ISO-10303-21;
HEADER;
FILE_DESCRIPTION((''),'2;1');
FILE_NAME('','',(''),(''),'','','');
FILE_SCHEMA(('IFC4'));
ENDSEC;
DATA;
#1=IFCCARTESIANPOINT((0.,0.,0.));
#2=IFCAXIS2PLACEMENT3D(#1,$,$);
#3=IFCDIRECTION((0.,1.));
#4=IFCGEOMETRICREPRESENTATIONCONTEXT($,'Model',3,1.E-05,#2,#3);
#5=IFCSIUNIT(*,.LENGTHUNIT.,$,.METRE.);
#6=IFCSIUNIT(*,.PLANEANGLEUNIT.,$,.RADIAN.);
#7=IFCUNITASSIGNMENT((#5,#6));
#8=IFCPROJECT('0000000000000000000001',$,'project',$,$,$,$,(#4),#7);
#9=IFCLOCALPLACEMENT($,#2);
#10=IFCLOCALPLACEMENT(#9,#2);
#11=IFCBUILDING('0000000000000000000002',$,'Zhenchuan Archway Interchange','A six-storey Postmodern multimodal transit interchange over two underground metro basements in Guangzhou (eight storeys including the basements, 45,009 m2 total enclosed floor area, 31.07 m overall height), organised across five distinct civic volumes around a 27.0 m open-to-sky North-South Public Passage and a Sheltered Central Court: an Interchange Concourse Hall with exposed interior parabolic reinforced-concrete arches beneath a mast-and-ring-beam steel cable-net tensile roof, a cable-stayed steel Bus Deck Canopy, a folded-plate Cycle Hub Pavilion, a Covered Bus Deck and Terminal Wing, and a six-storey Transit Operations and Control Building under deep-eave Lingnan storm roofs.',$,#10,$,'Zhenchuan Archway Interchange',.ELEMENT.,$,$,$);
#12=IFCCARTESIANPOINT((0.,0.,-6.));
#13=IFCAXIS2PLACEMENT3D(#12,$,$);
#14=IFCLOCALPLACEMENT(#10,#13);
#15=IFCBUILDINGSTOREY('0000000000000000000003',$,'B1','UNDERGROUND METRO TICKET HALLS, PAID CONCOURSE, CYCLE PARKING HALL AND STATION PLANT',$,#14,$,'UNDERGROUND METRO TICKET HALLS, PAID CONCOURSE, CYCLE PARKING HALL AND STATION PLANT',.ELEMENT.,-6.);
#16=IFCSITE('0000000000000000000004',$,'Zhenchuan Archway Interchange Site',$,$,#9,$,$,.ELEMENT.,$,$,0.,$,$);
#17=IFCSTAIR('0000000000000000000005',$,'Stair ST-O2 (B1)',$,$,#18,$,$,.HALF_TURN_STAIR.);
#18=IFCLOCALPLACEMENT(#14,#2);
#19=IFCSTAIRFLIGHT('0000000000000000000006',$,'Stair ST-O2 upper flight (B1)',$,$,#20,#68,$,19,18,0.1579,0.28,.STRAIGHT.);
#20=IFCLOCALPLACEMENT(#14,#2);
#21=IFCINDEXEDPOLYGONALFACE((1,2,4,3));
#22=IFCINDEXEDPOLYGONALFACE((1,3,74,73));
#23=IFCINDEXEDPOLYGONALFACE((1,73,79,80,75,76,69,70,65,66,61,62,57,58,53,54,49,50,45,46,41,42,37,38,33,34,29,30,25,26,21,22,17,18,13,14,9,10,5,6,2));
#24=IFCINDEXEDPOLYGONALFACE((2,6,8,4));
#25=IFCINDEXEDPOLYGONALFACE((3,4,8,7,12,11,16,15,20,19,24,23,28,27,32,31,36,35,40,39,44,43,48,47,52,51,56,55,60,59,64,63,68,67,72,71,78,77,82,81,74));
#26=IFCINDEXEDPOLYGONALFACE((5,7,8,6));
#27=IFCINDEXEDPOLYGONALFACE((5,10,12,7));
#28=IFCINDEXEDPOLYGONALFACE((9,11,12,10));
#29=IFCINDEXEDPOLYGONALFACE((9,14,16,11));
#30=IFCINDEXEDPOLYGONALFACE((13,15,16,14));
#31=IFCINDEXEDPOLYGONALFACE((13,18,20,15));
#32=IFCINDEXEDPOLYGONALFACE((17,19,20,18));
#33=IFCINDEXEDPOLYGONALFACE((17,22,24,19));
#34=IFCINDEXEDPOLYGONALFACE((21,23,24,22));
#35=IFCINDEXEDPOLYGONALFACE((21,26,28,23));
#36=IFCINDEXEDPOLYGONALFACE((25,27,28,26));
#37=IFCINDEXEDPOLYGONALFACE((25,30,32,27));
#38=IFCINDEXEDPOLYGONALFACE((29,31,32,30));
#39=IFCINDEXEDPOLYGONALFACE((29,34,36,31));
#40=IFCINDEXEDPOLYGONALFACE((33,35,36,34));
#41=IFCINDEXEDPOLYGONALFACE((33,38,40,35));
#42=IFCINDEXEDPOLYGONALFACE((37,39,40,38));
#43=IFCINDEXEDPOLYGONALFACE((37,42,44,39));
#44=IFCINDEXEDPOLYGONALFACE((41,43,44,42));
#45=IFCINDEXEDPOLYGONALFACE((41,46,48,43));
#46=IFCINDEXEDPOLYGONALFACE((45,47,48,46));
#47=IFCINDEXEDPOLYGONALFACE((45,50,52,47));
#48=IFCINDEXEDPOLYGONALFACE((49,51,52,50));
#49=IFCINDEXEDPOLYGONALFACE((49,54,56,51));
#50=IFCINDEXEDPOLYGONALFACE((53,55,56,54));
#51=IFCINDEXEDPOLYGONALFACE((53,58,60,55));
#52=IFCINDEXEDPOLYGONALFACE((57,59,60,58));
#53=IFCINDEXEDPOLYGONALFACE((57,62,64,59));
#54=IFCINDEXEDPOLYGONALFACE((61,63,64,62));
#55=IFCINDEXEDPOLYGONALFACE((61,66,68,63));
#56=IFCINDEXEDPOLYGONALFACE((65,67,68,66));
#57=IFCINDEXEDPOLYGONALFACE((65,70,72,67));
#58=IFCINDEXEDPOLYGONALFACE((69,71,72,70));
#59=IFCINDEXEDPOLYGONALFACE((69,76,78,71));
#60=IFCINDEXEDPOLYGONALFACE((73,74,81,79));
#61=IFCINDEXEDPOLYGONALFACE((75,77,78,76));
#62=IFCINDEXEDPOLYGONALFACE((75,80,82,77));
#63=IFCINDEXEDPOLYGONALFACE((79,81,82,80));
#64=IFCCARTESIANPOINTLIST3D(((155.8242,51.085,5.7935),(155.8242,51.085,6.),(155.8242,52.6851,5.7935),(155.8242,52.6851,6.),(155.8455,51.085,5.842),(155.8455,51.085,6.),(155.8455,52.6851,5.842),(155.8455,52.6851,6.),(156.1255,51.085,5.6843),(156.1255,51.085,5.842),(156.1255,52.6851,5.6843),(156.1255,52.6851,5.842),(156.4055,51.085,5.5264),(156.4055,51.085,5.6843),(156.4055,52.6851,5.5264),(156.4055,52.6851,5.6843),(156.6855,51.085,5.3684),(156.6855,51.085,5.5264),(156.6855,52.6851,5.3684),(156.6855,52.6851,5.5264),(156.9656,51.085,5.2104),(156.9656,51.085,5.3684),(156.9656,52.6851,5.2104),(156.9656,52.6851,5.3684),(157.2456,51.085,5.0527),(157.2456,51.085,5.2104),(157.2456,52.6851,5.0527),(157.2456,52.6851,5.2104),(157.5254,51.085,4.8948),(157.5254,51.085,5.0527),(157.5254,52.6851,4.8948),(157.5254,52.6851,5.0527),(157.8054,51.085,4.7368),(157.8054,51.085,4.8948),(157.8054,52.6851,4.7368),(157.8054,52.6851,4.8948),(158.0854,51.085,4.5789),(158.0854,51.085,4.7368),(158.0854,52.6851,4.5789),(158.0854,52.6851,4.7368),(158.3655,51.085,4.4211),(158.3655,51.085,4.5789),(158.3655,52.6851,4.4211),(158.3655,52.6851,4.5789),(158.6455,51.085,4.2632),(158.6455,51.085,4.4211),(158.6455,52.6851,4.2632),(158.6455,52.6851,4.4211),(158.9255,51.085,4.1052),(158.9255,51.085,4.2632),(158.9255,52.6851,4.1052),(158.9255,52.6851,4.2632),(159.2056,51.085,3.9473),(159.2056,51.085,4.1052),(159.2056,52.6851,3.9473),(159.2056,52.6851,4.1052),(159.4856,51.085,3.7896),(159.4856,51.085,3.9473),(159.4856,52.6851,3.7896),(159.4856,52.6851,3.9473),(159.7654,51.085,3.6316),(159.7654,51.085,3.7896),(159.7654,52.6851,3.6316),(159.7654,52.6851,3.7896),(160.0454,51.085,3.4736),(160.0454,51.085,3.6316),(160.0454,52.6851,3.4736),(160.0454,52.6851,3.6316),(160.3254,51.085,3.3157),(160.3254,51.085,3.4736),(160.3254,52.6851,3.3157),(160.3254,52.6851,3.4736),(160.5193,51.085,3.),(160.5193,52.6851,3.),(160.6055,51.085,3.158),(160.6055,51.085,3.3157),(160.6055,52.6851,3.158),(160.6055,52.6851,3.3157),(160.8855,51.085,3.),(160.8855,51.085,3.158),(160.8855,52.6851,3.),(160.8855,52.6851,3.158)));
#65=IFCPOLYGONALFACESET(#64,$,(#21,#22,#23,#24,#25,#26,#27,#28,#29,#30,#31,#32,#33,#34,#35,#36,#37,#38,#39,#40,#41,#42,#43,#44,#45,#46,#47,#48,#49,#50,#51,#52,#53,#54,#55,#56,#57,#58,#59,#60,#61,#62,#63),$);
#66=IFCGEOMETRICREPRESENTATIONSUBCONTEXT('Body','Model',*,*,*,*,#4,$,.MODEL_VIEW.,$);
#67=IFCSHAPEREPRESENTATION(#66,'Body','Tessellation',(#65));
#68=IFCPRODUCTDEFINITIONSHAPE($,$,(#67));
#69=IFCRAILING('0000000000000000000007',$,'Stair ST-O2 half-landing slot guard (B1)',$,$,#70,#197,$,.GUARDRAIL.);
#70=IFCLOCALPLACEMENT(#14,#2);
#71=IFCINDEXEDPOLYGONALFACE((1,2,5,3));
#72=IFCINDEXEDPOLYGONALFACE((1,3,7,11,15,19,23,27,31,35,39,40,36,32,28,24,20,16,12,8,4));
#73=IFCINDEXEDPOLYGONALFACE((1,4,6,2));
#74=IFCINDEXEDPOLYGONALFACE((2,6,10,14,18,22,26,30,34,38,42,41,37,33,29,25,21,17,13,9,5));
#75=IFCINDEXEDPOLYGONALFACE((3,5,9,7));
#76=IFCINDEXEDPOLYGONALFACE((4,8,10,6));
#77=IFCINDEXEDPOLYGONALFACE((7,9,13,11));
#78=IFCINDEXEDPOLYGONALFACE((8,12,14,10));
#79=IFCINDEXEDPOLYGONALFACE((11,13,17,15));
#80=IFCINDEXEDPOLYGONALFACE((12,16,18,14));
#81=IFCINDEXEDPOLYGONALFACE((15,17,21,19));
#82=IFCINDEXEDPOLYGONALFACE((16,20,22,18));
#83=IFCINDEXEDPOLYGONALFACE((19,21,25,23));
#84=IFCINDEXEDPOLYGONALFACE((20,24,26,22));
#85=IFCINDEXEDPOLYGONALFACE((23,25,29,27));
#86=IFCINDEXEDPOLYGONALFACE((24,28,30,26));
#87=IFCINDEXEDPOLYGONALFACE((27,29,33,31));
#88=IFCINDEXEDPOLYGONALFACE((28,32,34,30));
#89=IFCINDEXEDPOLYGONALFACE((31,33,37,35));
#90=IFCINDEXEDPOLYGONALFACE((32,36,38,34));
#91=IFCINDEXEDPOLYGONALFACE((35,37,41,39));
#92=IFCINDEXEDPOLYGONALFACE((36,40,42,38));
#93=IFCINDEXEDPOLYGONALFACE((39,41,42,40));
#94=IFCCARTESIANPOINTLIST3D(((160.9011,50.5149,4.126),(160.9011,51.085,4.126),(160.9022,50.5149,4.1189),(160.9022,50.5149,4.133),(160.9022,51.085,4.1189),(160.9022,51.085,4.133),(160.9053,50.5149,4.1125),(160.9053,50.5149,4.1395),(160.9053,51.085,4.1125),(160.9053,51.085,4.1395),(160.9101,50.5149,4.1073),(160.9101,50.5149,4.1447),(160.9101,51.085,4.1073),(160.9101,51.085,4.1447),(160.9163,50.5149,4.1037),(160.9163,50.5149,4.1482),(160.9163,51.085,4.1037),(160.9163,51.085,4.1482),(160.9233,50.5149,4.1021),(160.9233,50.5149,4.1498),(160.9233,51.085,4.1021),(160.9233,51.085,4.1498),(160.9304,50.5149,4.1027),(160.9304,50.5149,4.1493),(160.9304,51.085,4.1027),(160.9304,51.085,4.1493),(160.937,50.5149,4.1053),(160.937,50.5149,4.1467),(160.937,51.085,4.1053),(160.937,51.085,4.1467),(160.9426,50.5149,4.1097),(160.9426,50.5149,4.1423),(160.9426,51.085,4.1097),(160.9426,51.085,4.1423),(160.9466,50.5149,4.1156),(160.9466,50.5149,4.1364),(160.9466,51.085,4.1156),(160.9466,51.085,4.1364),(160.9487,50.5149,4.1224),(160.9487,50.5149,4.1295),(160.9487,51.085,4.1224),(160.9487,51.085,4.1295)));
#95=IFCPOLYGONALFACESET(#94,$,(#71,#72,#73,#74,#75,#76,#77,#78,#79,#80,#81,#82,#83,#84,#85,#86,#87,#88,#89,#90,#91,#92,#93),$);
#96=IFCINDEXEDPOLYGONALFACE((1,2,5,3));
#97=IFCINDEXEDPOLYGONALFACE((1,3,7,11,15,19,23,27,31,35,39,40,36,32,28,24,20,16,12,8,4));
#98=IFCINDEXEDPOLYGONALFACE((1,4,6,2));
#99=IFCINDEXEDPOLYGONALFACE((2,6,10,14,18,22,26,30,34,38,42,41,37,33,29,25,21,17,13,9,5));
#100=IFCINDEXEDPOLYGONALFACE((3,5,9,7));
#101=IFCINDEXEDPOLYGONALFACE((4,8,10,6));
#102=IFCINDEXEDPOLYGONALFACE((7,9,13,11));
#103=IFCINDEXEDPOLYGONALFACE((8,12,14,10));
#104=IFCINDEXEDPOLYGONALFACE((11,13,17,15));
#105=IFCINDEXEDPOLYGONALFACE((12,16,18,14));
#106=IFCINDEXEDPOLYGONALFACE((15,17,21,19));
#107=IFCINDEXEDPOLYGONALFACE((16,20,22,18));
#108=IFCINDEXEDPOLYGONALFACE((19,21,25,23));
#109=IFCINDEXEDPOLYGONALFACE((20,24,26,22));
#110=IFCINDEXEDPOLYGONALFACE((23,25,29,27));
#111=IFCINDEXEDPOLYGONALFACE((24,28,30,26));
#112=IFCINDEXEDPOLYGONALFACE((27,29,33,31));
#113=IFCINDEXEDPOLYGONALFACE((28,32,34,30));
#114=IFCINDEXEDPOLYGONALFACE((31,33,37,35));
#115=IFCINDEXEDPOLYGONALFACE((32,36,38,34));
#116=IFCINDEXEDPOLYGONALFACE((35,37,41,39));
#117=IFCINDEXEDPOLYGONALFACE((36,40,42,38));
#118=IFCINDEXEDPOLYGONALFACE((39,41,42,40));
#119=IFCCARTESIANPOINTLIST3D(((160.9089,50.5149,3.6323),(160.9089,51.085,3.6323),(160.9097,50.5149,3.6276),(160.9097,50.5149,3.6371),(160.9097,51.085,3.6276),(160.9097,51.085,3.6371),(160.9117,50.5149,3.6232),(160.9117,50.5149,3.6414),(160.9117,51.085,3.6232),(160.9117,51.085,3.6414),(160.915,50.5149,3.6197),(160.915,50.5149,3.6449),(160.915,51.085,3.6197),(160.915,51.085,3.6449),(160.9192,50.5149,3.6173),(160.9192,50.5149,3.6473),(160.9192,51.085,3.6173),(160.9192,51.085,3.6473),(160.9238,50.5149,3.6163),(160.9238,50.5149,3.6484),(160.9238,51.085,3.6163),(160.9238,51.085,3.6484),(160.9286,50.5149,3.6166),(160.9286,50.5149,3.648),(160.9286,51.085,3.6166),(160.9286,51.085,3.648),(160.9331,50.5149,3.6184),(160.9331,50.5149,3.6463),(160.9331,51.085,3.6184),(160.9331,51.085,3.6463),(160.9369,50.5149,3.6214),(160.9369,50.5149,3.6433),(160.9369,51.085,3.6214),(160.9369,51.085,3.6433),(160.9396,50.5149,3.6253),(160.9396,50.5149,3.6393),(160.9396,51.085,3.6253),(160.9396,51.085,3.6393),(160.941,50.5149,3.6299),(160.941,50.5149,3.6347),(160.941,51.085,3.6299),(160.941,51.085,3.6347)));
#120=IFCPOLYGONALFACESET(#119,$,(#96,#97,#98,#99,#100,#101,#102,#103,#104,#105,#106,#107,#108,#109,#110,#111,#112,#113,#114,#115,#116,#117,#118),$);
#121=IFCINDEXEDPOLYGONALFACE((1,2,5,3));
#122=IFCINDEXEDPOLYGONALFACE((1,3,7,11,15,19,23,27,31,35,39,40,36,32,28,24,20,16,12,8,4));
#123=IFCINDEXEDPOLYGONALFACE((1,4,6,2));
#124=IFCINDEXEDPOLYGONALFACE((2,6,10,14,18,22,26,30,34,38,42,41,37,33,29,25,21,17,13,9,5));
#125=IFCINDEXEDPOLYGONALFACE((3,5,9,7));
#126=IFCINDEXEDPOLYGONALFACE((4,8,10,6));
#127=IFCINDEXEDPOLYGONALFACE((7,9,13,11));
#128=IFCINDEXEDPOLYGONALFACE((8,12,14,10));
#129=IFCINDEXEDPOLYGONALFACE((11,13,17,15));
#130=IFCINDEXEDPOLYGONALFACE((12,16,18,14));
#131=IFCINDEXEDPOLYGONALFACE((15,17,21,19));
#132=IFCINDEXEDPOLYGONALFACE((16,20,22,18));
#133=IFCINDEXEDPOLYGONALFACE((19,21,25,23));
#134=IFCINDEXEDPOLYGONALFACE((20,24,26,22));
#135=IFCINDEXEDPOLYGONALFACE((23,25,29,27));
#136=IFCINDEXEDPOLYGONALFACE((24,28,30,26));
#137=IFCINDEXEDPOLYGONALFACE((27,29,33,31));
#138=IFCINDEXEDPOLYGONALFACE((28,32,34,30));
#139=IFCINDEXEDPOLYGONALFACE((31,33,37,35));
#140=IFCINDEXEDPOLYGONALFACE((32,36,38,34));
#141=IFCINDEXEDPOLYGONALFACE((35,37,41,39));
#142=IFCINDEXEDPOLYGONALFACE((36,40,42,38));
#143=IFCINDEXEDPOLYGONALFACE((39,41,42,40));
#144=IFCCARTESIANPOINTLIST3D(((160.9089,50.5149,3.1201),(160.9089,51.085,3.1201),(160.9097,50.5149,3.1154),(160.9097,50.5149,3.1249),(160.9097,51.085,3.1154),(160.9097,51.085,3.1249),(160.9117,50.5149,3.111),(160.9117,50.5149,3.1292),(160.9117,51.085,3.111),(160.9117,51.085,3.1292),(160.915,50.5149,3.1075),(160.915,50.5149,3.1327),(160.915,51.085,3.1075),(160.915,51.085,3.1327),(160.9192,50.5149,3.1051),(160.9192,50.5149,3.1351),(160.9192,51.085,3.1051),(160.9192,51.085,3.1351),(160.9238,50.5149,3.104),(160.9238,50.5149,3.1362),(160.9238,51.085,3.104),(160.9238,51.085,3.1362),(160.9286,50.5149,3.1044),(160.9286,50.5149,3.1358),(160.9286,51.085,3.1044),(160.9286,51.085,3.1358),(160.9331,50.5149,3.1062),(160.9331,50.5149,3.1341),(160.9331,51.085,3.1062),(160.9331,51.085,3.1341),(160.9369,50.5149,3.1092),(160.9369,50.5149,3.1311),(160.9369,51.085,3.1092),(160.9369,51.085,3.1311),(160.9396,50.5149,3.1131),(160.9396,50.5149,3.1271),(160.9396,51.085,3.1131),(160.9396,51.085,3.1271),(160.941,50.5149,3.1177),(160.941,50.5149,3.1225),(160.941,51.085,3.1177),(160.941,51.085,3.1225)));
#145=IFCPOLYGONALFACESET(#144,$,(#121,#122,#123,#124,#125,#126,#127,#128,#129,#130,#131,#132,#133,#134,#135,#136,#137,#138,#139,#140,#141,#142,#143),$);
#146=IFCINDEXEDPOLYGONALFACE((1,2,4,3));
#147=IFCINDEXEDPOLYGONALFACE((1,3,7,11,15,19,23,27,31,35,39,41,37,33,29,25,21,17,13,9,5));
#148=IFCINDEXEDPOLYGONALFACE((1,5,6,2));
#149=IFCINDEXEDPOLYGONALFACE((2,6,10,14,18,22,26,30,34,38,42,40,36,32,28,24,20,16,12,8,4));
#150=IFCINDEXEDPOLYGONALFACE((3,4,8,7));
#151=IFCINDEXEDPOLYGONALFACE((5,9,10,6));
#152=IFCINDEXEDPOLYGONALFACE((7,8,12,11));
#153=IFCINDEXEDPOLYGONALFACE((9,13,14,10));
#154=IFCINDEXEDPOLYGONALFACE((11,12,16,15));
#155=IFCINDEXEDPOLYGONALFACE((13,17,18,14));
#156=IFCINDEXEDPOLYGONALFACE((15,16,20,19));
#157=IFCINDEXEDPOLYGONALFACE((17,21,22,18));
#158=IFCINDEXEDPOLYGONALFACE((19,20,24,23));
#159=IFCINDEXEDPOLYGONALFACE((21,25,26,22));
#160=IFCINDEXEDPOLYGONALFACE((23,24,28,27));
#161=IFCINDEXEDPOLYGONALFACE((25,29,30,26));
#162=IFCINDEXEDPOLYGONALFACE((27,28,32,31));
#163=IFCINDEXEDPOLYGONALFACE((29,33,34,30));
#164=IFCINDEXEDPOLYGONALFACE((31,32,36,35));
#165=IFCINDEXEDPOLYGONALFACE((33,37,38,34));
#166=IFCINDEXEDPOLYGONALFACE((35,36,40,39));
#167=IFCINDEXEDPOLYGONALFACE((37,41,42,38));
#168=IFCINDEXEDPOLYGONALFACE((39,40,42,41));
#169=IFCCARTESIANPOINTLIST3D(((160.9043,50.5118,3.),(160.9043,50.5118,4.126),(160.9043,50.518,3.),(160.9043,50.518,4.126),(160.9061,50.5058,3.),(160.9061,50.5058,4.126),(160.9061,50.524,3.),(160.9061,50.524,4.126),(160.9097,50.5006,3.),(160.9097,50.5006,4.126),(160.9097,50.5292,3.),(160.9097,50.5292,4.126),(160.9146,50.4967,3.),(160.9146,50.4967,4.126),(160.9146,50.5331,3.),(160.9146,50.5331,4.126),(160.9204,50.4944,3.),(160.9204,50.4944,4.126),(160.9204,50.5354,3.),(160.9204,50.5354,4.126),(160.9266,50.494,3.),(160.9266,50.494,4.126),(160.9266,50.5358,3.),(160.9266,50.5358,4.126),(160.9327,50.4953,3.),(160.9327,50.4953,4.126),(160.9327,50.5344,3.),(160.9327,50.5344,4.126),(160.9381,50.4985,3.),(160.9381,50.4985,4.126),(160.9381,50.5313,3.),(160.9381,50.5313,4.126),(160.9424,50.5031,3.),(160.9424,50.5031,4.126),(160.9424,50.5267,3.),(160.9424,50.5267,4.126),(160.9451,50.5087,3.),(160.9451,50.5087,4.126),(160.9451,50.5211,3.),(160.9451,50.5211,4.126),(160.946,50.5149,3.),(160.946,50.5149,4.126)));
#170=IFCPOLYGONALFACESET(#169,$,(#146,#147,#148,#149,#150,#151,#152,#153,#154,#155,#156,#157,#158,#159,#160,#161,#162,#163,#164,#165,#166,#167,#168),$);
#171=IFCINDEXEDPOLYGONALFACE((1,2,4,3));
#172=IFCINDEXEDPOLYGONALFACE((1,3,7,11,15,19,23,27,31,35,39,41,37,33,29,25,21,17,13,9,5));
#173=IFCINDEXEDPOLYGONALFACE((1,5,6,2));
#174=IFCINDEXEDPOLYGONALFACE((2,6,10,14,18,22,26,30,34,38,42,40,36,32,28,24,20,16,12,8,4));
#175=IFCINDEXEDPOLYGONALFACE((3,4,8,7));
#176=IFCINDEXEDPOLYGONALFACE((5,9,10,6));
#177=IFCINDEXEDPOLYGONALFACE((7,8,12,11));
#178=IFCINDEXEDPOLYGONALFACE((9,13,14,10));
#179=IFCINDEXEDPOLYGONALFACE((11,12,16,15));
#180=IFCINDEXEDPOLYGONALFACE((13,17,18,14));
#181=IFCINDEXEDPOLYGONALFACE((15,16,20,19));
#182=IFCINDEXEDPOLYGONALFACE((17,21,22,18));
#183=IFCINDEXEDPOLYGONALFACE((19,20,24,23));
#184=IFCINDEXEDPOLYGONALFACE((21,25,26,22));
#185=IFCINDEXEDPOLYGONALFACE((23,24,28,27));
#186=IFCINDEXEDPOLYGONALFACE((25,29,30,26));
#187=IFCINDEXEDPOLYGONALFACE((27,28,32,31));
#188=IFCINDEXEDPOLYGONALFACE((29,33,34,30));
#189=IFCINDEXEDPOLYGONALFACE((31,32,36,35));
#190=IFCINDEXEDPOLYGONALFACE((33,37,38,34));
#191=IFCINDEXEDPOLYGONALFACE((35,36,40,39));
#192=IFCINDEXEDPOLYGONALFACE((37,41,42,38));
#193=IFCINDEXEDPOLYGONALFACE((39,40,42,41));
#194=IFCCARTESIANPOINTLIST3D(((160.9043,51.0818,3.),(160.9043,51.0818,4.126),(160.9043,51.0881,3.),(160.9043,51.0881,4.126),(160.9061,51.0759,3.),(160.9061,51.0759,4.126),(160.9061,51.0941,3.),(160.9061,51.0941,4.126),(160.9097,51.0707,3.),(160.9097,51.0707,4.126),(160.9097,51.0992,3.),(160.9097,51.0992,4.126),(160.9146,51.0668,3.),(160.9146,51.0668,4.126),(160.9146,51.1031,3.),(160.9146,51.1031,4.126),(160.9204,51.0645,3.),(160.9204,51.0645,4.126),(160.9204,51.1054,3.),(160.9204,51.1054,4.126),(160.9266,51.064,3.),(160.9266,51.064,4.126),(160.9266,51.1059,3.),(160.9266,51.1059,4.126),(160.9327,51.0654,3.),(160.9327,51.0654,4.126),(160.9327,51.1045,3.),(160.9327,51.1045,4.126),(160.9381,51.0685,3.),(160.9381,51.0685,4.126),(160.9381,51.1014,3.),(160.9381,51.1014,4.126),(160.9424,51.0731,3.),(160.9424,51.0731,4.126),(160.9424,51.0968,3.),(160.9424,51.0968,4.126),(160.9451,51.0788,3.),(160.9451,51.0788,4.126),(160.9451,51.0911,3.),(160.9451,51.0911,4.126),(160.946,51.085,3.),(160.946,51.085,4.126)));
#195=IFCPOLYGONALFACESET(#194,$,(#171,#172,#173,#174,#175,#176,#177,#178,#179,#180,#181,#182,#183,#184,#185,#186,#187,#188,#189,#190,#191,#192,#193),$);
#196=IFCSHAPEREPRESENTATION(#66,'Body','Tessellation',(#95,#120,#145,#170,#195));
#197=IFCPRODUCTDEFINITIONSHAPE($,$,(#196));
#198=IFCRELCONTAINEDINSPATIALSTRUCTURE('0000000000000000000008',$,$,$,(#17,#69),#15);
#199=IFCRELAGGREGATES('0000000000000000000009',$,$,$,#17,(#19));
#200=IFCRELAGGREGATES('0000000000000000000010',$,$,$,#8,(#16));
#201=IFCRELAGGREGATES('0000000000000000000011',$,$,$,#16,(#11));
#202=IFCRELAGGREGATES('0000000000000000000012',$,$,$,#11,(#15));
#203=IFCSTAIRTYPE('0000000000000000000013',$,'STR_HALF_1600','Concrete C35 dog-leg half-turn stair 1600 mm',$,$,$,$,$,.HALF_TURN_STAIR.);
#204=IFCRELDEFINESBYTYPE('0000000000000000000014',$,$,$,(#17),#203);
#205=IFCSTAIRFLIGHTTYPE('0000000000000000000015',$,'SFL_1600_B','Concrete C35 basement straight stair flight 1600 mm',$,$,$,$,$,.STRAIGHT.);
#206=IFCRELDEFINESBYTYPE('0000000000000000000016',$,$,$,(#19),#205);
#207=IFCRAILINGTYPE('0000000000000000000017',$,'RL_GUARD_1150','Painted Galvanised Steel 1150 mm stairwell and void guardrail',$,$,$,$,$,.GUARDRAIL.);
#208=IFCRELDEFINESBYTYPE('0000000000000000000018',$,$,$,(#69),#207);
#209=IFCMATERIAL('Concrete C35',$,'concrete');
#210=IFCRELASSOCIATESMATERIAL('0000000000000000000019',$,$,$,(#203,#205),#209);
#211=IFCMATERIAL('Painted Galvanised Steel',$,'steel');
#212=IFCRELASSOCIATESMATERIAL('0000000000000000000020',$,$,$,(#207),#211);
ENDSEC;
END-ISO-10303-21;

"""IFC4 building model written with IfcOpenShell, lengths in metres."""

from ifc_helpers import new_model, si_unit, direction, frame, origin, origin_2d, place, context, subcontext, project, spatial, polyline, circle, outline, extrude, material, type_object, element, aggregate, save


model = new_model("IFC4")

# Units and contexts
model_context = context("Model", 3, precision=1e-05, world=origin(), true_north=direction((0.0, 1.0)))
body_context = subcontext(model_context, "Body", "Model", "MODEL_VIEW")
ifc_project = project(units=[si_unit("LENGTHUNIT", "METRE"), si_unit("PLANEANGLEUNIT", "RADIAN")], contexts=[model_context])

# Site, building, storey
site_placement = place(None, origin())
site = spatial("IfcSite", under=ifc_project, at=site_placement, Name="Zhenchuan Archway Interchange Site", CompositionType="ELEMENT", RefElevation=0.0)
building_placement = place(site_placement, origin())
building = spatial("IfcBuilding", under=site, at=building_placement, Name="Zhenchuan Archway Interchange", Description="A six-storey Postmodern multimodal transit interchange over two underground metro basements in Guangzhou (eight storeys including the basements, 45,009 m2 total enclosed floor area, 31.07 m overall height), organised across five distinct civic volumes around a 27.0 m open-to-sky North-South Public Passage and a Sheltered Central Court: an Interchange Concourse Hall with exposed interior parabolic reinforced-concrete arches beneath a mast-and-ring-beam steel cable-net tensile roof, a cable-stayed steel Bus Deck Canopy, a folded-plate Cycle Hub Pavilion, a Covered Bus Deck and Terminal Wing, and a six-storey Transit Operations and Control Building under deep-eave Lingnan storm roofs.", LongName="Zhenchuan Archway Interchange", CompositionType="ELEMENT")
storey_placement = place(building_placement, frame((0.0, 0.0, -6.0)))
storey = spatial("IfcBuildingStorey", under=building, at=storey_placement, Name="B1", Description="UNDERGROUND METRO TICKET HALLS, PAID CONCOURSE, CYCLE PARKING HALL AND STATION PLANT", LongName="UNDERGROUND METRO TICKET HALLS, PAID CONCOURSE, CYCLE PARKING HALL AND STATION PLANT", CompositionType="ELEMENT", Elevation=-6.0)

# Shared definitions
ifc_material_1 = material(Name="Painted Galvanised Steel", Category="steel")

# Stair, stair flight
ifc_material_2 = material(Name="Concrete C35", Category="concrete")
stair_type = type_object("IfcStairType", Name="STR_HALF_1600", Description="Concrete C35 dog-leg half-turn stair 1600 mm", PredefinedType="HALF_TURN_STAIR", material=ifc_material_2)
stair_placement = place(storey_placement, origin())
stair = element("IfcStair", 1, at=stair_placement, inside=storey, type_object=stair_type, Name="Stair ST-O2 (B1)", PredefinedType="HALF_TURN_STAIR")
stair_flight_type = type_object("IfcStairFlightType", Name="SFL_1600_B", Description="Concrete C35 basement straight stair flight 1600 mm", PredefinedType="STRAIGHT", material=ifc_material_2)
stair_flight_placement = place(storey_placement, frame((160.8855, 51.885, 3.0), z_axis=(0.0, 0.0, 1.0), x_axis=(-1.0, 0.0, 0.0)))
stair_flight = element("IfcStairFlight", 2, at=stair_flight_placement, type_object=stair_flight_type, Name="Stair ST-O2 upper flight (B1)", NumberOfRisers=19, NumberOfTreads=18, PredefinedType="STRAIGHT", RiserHeight=0.1579, TreadLength=0.28, context=body_context, shape_type="SweptSolid", body=[
    extrude(outline(polyline([(0.0, 0.0), (0.0, 0.158), (0.28, 0.158), (0.28, 0.3157), (0.5601, 0.3157), (0.5601, 0.4736), (0.8401, 0.4736), (0.8401, 0.6316), (1.1201, 0.6316), (1.1201, 0.7896), (1.3999, 0.7896), (1.3999, 0.9473), (1.6799, 0.9473), (1.6799, 1.1052), (1.96, 1.1052), (1.96, 1.2632), (2.24, 1.2632), (2.24, 1.4211), (2.52, 1.4211), (2.52, 1.5789), (2.8, 1.5789), (2.8, 1.7368), (3.0801, 1.7368), (3.0801, 1.8948), (3.3601, 1.8948), (3.3601, 2.0527), (3.6399, 2.0527), (3.6399, 2.2104), (3.9199, 2.2104), (3.9199, 2.3684), (4.2, 2.3684), (4.2, 2.5264), (4.48, 2.5264), (4.48, 2.6843), (4.76, 2.6843), (4.76, 2.842), (5.04, 2.842), (5.04, 3.0), (5.0613, 3.0), (5.0613, 2.7935), (0.3662, 0.0), (0.0, 0.0)])), frame((0.0, 0.8, 0.0), z_axis=(0.0, -1.0, 0.0), x_axis=(1.0, 0.0, 0.0)), (0.0, 0.0, 1.0), 1.6001),
])
aggregate(stair, [stair_flight])

# Railing
railing_type = type_object("IfcRailingType", Name="RL_GUARD_1150", Description="Painted Galvanised Steel 1150 mm stairwell and void guardrail", PredefinedType="GUARDRAIL", material=ifc_material_1)
railing_placement = place(storey_placement, frame((160.925, 50.5149, 3.0)))
element("IfcRailing", 3, at=railing_placement, inside=storey, type_object=railing_type, Name="Stair ST-O2 half-landing slot guard (B1)", PredefinedType="GUARDRAIL", context=body_context, shape_type="SweptSolid", body=[
    extrude(circle(Radius=0.0239, at=origin_2d()), frame((0.0, 0.0, 1.126), z_axis=(0.0, 1.0, 0.0), x_axis=(-1.0, 0.0, 0.0)), (0.0, 0.0, 1.0), 0.5701),
    extrude(circle(Radius=0.0161, at=origin_2d()), frame((0.0, 0.0, 0.6323), z_axis=(0.0, 1.0, 0.0), x_axis=(-1.0, 0.0, 0.0)), (0.0, 0.0, 1.0), 0.5701),
    extrude(circle(Radius=0.0161, at=origin_2d()), frame((0.0, 0.0, 0.1201), z_axis=(0.0, 1.0, 0.0), x_axis=(-1.0, 0.0, 0.0)), (0.0, 0.0, 1.0), 0.5701),
    extrude(circle(Radius=0.021, at=origin_2d()), origin(), (0.0, 0.0, 1.0), 1.126),
    extrude(circle(Radius=0.021, at=origin_2d()), frame((0.0, 0.5701, 0.0)), (0.0, 0.0, 1.0), 1.126),
])

save(model, "model.ifc")
